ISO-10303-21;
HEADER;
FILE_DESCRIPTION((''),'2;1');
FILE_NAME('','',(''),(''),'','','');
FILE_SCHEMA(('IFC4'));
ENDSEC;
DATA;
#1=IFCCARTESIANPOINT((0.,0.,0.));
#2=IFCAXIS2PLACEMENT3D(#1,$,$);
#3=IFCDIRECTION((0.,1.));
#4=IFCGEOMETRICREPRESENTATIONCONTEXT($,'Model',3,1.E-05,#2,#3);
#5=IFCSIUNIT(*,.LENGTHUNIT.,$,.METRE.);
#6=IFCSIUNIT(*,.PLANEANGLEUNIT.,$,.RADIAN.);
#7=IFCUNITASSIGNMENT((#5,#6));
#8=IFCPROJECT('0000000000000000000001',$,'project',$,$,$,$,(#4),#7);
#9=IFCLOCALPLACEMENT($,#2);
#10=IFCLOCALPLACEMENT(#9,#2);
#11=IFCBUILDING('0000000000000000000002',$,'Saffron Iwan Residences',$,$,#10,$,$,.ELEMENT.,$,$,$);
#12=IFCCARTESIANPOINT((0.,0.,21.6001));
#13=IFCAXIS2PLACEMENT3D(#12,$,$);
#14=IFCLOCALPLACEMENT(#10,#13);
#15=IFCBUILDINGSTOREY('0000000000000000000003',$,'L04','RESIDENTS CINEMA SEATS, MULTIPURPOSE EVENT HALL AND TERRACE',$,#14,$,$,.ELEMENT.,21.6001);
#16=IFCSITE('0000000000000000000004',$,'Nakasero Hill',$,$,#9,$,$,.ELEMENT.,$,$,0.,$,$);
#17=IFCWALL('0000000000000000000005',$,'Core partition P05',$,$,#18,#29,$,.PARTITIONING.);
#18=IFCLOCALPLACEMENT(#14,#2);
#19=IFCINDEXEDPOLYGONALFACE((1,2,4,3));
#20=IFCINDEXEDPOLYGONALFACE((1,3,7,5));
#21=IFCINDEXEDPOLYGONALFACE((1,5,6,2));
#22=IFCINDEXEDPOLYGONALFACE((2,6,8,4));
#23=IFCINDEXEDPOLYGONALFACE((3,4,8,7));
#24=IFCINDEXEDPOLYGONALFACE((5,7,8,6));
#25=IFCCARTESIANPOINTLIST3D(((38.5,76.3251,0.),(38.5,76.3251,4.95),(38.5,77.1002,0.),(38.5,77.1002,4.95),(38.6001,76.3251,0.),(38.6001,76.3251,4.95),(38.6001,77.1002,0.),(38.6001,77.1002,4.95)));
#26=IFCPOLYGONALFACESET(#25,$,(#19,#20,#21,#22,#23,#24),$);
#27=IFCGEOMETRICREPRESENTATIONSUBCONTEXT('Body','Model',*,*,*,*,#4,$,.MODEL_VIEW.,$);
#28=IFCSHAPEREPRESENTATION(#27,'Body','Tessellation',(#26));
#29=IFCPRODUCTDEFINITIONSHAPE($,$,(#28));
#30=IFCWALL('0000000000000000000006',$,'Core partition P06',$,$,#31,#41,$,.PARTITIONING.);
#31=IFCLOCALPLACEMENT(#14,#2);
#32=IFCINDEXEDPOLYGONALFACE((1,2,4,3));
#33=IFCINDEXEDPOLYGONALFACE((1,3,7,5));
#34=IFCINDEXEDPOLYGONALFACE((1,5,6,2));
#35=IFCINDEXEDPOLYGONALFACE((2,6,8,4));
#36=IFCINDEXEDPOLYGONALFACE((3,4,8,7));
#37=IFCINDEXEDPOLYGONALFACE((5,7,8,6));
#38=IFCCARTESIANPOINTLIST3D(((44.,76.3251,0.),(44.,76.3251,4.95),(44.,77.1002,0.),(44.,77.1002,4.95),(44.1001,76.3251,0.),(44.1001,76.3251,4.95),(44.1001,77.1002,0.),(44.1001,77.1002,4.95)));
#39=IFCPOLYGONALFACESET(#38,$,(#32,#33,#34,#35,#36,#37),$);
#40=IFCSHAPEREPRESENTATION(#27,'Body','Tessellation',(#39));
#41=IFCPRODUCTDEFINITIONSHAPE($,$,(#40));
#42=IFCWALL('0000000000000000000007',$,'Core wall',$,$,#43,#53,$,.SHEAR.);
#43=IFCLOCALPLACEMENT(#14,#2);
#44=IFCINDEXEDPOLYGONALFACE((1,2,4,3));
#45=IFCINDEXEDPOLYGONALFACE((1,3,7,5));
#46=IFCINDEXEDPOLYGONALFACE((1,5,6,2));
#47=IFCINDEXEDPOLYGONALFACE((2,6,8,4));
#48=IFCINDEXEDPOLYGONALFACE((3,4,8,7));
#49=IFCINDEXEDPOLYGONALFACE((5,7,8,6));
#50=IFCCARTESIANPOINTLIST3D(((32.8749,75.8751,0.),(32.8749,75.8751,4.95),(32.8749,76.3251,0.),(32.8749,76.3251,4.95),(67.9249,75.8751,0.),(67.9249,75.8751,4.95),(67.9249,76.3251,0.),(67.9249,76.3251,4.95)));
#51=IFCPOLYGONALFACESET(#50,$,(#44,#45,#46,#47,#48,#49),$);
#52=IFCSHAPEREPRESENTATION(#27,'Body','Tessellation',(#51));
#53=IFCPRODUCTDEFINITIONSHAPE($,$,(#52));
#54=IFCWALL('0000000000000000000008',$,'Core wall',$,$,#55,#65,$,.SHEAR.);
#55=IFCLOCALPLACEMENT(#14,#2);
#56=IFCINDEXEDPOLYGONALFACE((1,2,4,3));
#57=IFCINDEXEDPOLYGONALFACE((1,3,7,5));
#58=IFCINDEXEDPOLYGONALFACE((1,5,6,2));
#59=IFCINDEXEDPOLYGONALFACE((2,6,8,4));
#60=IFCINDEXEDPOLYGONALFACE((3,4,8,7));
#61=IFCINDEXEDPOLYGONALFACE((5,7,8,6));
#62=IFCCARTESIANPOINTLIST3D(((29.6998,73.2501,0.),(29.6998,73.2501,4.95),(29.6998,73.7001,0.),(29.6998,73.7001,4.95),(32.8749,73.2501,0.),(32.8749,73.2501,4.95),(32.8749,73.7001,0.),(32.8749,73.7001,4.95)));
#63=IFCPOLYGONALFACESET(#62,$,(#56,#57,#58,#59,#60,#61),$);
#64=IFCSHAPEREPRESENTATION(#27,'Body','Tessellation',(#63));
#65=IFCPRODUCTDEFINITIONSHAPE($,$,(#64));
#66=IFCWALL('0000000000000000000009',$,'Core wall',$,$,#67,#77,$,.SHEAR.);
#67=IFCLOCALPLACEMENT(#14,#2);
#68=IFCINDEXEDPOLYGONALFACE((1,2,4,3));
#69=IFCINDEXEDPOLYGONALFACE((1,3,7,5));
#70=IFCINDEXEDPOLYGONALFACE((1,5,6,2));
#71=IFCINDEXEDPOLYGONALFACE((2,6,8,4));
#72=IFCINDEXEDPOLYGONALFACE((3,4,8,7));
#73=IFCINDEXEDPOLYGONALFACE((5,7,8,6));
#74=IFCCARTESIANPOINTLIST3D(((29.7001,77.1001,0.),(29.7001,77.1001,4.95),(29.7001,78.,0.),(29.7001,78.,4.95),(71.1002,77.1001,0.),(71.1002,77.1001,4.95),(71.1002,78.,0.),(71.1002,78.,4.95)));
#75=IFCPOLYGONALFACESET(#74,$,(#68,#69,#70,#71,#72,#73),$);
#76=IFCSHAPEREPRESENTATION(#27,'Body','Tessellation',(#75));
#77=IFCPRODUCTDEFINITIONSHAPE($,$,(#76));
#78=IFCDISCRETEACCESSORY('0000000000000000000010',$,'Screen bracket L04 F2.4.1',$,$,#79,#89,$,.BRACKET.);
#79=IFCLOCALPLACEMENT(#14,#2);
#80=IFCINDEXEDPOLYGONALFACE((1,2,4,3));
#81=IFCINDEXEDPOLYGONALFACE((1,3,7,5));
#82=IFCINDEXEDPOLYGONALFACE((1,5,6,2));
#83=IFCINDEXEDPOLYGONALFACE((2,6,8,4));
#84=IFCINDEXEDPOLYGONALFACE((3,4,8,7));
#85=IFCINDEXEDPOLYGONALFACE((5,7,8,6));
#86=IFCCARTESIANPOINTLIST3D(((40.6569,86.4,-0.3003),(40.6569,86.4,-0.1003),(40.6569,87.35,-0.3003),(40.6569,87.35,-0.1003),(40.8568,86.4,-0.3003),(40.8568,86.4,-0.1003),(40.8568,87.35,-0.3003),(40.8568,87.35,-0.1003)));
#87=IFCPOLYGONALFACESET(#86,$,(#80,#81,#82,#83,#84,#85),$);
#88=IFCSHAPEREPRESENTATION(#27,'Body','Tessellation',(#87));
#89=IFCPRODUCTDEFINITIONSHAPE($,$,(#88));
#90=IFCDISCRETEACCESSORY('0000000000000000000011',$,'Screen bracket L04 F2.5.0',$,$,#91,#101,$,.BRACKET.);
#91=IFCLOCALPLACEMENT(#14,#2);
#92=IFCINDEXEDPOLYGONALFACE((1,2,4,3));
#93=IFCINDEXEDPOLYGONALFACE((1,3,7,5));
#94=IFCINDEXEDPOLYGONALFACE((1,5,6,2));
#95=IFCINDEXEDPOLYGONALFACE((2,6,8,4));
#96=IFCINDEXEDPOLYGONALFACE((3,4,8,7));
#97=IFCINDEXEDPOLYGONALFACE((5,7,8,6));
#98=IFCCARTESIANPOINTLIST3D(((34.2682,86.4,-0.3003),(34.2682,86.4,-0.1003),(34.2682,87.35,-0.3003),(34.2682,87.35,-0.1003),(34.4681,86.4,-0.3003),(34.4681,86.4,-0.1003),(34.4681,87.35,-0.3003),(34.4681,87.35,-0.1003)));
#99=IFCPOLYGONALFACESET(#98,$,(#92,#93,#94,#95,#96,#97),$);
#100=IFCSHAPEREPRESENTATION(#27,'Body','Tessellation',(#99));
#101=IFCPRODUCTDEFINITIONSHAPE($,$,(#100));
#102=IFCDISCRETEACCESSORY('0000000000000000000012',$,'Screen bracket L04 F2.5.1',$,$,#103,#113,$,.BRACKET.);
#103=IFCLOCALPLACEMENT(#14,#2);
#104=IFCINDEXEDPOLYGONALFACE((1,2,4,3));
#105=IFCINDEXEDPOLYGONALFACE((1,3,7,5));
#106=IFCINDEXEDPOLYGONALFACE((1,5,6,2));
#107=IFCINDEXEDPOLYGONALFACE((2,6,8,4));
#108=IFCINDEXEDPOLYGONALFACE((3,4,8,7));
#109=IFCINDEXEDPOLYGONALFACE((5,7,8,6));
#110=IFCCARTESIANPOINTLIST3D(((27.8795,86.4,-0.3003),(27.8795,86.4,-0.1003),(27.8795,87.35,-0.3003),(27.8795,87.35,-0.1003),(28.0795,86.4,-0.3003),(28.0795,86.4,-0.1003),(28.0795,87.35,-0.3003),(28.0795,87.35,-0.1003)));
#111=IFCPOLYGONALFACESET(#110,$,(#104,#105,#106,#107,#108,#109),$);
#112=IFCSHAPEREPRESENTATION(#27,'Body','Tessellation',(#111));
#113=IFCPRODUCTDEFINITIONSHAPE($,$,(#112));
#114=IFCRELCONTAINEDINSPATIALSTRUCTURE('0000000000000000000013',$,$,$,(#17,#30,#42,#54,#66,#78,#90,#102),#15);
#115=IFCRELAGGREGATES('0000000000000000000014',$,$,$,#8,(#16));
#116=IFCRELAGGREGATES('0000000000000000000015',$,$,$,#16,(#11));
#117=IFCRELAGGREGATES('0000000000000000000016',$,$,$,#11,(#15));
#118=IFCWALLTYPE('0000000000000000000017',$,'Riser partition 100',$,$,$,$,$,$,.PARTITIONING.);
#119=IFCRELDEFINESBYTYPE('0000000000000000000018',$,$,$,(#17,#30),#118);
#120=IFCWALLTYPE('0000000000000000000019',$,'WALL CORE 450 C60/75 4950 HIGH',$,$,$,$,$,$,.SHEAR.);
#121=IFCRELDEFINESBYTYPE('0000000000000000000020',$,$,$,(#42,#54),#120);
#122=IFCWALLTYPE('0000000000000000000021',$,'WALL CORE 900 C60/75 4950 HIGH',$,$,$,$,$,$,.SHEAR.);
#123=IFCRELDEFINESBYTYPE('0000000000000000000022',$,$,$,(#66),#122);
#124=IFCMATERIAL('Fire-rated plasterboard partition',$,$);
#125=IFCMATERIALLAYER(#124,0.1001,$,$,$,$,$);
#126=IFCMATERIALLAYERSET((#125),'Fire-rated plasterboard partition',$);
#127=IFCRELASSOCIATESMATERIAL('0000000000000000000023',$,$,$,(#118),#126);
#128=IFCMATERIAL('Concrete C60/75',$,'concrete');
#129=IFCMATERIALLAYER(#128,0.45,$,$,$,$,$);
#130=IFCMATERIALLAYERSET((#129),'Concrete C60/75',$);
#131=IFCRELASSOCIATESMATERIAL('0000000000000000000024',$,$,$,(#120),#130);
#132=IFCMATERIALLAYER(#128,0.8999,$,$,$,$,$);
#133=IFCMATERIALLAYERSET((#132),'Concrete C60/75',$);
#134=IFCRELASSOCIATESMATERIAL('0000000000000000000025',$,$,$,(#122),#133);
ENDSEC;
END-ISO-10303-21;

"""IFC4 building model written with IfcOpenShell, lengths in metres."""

from ifc_helpers import new_model, si_unit, direction, frame, frame_2d, origin, origin_2d, place, context, subcontext, project, spatial, rectangle, extrude, source, transform, mapped, material, layer, layer_set, type_object, element, save


model = new_model("IFC4")

# Units and contexts
model_context = context("Model", 3, precision=1e-05, world=origin(), true_north=direction((0.0, 1.0)))
body_context = subcontext(model_context, "Body", "Model", "MODEL_VIEW")
ifc_project = project(units=[si_unit("LENGTHUNIT", "METRE"), si_unit("PLANEANGLEUNIT", "RADIAN")], contexts=[model_context])

# Site, building, storey
site_placement = place(None, origin())
site = spatial("IfcSite", under=ifc_project, at=site_placement, Name="Nakasero Hill", CompositionType="ELEMENT", RefElevation=0.0)
building_placement = place(site_placement, origin())
building = spatial("IfcBuilding", under=site, at=building_placement, Name="Saffron Iwan Residences", CompositionType="ELEMENT")
storey_placement = place(building_placement, frame((0.0, 0.0, 21.6001)))
storey = spatial("IfcBuildingStorey", under=building, at=storey_placement, Name="L04", Description="RESIDENTS CINEMA SEATS, MULTIPURPOSE EVENT HALL AND TERRACE", CompositionType="ELEMENT", Elevation=21.6001)

# Shared definitions
ifc_material_1 = material(Name="Concrete C60/75", Category="concrete")

# Shared definitions
ifc_material_2 = material(Name="Fire-rated plasterboard partition")

# Walls
ifc_layer_1 = layer(ifc_material_2, 0.1001)
ifc_layer_set_1 = layer_set([ifc_layer_1], Name="Fire-rated plasterboard partition")
wall_type_1 = type_object("IfcWallType", Name="Riser partition 100", PredefinedType="PARTITIONING", material=ifc_layer_set_1)
for number, where, z_axis, x_axis, name in (
    (1, (38.55, 76.325, 0.0), (0.0, 0.0, 1.0), (0.0, 1.0, 0.0), "Core partition P05"),
    (2, (44.05, 76.325, 0.0), (0.0, 0.0, 1.0), (0.0, 1.0, 0.0), "Core partition P06"),
):
    element("IfcWall", number, at=place(storey_placement, frame(where, z_axis=z_axis, x_axis=x_axis)), inside=storey, type_object=wall_type_1, Name=name, PredefinedType="PARTITIONING", context=body_context, shape_type="SweptSolid", body=[
        extrude(rectangle(XDim=0.7751, YDim=0.1001, at=frame_2d((0.3877, 0.0))), origin(), (0.0, 0.0, 1.0), 4.95),
    ])
ifc_layer_2 = layer(ifc_material_1, 0.45)
ifc_layer_set_2 = layer_set([ifc_layer_2], Name="Concrete C60/75")
wall_type_2 = type_object("IfcWallType", Name="WALL CORE 450 C60/75 4950 HIGH", PredefinedType="SHEAR", material=ifc_layer_set_2)
wall_1_placement = place(storey_placement, frame((32.875, 76.1001, 0.0), z_axis=(0.0, 0.0, 1.0), x_axis=(1.0, 0.0, 0.0)))
element("IfcWall", 3, at=wall_1_placement, inside=storey, type_object=wall_type_2, Name="Core wall", PredefinedType="SHEAR", context=body_context, shape_type="SweptSolid", body=[
    extrude(rectangle(XDim=35.05, YDim=0.45, at=frame_2d((17.5249, 0.0))), origin(), (0.0, 0.0, 1.0), 4.95),
])
wall_2_placement = place(storey_placement, frame((29.7, 73.4751, 0.0), z_axis=(0.0, 0.0, 1.0), x_axis=(1.0, 0.0, 0.0)))
element("IfcWall", 4, at=wall_2_placement, inside=storey, type_object=wall_type_2, Name="Core wall", PredefinedType="SHEAR", context=body_context, shape_type="SweptSolid", body=[
    extrude(rectangle(XDim=3.175, YDim=0.45, at=frame_2d((1.5874, 0.0))), origin(), (0.0, 0.0, 1.0), 4.95),
])
ifc_layer_3 = layer(ifc_material_1, 0.8999)
ifc_layer_set_3 = layer_set([ifc_layer_3], Name="Concrete C60/75")
wall_type_3 = type_object("IfcWallType", Name="WALL CORE 900 C60/75 4950 HIGH", PredefinedType="SHEAR", material=ifc_layer_set_3)
wall_3_placement = place(storey_placement, frame((29.7, 77.55, 0.0), z_axis=(0.0, 0.0, 1.0), x_axis=(1.0, 0.0, 0.0)))
element("IfcWall", 5, at=wall_3_placement, inside=storey, type_object=wall_type_3, Name="Core wall", PredefinedType="SHEAR", context=body_context, shape_type="SweptSolid", body=[
    extrude(rectangle(XDim=41.4001, YDim=0.8999, at=frame_2d((20.7002, 0.0))), origin(), (0.0, 0.0, 1.0), 4.95),
])

# Discrete accessories
shared_shape_1 = source(origin(), body_context, "Body", "SweptSolid", [
    extrude(rectangle(XDim=0.95, YDim=0.2, at=origin_2d()), origin(), (0.0, 0.0, 1.0), 0.2),
])
for number, where, z_axis, x_axis, name in (
    (6, (40.7568, 86.875, -0.3003), (0.0, 0.0, 1.0), (0.0, 1.0, 0.0), "Screen bracket L04 F2.4.1"),
    (7, (34.3682, 86.875, -0.3003), (0.0, 0.0, 1.0), (0.0, 1.0, 0.0), "Screen bracket L04 F2.5.0"),
    (8, (27.9795, 86.875, -0.3003), (0.0, 0.0, 1.0), (0.0, 1.0, 0.0), "Screen bracket L04 F2.5.1"),
):
    element("IfcDiscreteAccessory", number, at=place(storey_placement, frame(where, z_axis=z_axis, x_axis=x_axis)), inside=storey, Name=name, PredefinedType="BRACKET", context=body_context, shape_type="MappedRepresentation", body=[
        mapped(shared_shape_1, transform((0.0, 0.0, 0.0))),
    ])

save(model, "model.ifc")
